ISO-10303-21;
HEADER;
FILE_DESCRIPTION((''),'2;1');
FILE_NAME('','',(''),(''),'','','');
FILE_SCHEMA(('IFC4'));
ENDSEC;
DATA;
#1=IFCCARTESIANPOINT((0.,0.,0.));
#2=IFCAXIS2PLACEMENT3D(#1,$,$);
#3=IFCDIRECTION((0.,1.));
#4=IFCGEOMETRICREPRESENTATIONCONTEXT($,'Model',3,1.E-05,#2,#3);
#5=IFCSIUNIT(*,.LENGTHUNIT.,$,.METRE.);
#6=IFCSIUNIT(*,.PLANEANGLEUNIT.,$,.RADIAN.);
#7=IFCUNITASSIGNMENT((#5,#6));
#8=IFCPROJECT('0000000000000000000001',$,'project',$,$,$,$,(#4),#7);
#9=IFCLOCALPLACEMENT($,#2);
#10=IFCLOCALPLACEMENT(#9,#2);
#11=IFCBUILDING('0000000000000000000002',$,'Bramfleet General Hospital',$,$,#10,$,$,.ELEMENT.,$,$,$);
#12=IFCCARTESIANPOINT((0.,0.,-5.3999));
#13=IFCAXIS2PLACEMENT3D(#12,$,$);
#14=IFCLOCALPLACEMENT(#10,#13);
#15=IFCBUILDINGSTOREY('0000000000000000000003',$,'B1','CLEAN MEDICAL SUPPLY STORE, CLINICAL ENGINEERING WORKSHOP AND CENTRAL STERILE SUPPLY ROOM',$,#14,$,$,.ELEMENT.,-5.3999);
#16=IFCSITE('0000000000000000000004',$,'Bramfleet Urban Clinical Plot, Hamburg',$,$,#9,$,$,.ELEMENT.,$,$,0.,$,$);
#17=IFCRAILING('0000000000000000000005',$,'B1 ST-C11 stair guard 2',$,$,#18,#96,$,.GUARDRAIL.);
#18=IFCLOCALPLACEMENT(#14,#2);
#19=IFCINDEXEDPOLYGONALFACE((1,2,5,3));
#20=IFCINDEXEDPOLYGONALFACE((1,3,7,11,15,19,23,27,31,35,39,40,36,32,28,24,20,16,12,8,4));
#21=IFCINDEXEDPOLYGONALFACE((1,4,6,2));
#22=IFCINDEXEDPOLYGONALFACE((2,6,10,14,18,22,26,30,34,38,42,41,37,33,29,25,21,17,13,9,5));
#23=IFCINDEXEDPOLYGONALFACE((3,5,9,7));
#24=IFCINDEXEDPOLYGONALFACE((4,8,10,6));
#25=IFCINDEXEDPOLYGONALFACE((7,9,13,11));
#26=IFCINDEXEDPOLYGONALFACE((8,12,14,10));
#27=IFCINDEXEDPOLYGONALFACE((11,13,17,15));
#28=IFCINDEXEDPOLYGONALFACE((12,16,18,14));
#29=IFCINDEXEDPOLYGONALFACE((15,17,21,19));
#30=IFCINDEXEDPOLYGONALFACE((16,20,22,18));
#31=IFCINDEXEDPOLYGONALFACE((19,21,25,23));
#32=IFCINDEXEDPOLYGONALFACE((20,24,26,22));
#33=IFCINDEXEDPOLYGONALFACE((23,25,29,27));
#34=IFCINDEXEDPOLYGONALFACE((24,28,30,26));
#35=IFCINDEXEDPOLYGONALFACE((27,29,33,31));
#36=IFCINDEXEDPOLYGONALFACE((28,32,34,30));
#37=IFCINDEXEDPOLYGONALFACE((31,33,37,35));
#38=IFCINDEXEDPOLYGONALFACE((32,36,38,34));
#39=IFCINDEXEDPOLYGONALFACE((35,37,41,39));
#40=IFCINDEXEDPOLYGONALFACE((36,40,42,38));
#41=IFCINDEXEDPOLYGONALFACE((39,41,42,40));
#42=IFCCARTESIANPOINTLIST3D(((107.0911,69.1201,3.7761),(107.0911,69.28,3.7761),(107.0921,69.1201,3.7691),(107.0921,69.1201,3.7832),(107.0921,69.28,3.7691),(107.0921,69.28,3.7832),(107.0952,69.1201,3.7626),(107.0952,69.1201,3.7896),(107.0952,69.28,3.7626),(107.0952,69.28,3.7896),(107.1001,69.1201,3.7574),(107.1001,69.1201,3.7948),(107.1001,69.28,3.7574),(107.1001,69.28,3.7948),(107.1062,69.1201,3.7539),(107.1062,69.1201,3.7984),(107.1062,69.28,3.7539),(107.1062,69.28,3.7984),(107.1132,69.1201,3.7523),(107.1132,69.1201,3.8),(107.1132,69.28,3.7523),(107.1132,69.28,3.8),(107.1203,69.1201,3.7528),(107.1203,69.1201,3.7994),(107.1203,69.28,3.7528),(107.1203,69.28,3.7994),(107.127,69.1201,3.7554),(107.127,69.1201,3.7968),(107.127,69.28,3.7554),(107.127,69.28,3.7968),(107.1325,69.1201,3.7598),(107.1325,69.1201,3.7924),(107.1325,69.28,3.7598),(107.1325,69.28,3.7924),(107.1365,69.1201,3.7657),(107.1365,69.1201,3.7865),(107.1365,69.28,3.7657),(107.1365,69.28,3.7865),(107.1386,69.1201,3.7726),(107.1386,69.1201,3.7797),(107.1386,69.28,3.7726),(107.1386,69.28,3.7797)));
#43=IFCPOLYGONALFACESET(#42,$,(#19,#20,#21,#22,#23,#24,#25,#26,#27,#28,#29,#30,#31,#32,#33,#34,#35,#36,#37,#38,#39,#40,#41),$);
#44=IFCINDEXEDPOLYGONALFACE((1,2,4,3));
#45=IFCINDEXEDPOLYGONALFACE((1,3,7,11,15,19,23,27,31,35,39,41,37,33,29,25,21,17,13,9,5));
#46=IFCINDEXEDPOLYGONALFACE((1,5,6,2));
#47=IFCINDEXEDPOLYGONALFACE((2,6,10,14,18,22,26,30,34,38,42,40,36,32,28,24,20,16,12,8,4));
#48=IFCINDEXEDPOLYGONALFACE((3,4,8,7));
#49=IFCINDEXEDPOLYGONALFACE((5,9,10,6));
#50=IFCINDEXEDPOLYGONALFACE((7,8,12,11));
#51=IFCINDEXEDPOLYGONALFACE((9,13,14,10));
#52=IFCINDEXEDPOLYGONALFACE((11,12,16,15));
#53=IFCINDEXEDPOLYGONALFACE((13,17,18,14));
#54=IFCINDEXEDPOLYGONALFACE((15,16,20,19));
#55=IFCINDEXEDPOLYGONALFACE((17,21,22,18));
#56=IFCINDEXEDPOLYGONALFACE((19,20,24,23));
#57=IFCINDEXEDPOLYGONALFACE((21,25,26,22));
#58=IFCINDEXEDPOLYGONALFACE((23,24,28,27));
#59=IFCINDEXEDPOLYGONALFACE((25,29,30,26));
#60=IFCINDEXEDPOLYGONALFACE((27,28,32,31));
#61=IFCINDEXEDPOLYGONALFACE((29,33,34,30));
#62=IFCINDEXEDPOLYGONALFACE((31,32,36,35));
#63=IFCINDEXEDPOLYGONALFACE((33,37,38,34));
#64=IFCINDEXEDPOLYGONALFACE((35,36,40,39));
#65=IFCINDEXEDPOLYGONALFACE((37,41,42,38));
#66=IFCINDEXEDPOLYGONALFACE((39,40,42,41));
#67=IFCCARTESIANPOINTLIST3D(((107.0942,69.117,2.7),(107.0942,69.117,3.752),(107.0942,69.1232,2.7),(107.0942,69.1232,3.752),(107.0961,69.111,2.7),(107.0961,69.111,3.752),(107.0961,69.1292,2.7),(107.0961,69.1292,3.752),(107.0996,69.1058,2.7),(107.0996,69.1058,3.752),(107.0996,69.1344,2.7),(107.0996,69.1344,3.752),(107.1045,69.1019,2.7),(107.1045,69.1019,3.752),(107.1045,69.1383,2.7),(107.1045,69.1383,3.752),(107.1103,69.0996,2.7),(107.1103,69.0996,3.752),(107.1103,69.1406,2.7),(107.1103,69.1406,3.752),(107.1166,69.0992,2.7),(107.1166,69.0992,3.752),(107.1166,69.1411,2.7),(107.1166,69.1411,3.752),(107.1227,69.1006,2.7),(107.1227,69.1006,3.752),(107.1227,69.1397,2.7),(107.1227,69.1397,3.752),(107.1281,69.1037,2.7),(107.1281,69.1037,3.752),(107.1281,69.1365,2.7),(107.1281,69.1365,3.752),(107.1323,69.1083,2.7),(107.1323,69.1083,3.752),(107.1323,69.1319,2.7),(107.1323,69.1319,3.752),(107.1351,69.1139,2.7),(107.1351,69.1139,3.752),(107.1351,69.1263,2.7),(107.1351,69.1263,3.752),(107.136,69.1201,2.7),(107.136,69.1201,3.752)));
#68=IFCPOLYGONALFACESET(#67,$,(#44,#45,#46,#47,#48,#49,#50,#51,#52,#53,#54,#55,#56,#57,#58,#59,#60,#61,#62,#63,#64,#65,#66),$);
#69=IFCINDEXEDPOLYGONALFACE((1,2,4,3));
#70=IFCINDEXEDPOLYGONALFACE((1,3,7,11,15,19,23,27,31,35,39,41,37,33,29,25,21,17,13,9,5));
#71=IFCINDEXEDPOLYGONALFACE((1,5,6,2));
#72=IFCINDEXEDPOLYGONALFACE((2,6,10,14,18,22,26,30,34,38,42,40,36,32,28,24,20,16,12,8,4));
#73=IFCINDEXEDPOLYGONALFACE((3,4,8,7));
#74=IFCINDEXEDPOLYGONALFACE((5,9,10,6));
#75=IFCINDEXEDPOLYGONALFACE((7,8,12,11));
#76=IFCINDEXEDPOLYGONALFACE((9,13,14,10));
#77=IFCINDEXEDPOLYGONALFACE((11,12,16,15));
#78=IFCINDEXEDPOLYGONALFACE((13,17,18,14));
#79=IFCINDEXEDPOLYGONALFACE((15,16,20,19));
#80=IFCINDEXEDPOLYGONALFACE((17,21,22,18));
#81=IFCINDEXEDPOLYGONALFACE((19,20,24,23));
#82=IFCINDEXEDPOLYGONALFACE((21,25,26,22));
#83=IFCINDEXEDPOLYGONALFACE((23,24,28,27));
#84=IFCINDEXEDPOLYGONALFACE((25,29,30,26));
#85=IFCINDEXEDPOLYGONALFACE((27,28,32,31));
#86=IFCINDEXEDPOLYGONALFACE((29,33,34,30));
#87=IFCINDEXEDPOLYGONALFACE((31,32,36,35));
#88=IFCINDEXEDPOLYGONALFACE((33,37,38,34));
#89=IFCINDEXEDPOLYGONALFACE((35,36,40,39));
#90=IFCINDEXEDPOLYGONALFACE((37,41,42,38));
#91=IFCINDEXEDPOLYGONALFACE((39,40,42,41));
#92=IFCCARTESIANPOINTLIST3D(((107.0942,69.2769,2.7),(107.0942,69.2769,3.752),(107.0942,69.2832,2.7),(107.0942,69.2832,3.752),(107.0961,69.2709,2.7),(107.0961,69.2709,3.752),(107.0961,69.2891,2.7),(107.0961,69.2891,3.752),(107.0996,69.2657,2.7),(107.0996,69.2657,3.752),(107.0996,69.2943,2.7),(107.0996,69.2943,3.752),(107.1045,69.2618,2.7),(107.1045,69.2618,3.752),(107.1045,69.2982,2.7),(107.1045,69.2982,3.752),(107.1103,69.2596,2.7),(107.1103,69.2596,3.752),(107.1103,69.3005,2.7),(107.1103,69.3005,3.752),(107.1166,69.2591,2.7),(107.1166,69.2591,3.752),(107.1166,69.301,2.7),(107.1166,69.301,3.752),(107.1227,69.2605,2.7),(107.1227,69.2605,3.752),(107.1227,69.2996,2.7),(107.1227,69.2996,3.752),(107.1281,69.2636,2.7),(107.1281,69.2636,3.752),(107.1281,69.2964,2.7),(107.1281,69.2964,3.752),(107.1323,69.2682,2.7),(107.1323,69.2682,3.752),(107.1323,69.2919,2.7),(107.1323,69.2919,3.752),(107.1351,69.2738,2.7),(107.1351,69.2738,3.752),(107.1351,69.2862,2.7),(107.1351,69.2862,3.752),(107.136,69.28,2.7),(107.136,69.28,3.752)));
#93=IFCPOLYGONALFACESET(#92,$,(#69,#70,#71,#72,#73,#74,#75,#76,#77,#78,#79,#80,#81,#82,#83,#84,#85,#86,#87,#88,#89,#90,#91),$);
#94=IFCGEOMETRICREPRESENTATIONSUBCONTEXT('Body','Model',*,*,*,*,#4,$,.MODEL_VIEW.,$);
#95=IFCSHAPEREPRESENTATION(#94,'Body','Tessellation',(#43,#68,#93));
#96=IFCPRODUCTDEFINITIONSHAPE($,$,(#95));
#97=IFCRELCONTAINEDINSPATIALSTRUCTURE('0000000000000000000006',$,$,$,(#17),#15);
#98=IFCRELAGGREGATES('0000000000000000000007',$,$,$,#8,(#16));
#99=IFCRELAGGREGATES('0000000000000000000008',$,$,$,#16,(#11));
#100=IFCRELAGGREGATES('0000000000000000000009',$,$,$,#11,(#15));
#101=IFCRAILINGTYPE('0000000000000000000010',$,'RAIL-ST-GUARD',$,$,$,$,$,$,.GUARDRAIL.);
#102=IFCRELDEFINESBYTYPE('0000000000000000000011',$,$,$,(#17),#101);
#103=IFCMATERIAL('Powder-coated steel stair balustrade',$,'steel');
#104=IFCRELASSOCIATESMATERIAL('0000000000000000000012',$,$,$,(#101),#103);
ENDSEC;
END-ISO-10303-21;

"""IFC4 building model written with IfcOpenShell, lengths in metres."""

from ifc_helpers import new_model, si_unit, direction, frame, origin, origin_2d, place, context, subcontext, project, spatial, circle, extrude, material, type_object, element, save


model = new_model("IFC4")

# Units and contexts
model_context = context("Model", 3, precision=1e-05, world=origin(), true_north=direction((0.0, 1.0)))
body_context = subcontext(model_context, "Body", "Model", "MODEL_VIEW")
ifc_project = project(units=[si_unit("LENGTHUNIT", "METRE"), si_unit("PLANEANGLEUNIT", "RADIAN")], contexts=[model_context])

# Site, building, storey
site_placement = place(None, origin())
site = spatial("IfcSite", under=ifc_project, at=site_placement, Name="Bramfleet Urban Clinical Plot, Hamburg", CompositionType="ELEMENT", RefElevation=0.0)
building_placement = place(site_placement, origin())
building = spatial("IfcBuilding", under=site, at=building_placement, Name="Bramfleet General Hospital", CompositionType="ELEMENT")
storey_placement = place(building_placement, frame((0.0, 0.0, -5.3999)))
storey = spatial("IfcBuildingStorey", under=building, at=storey_placement, Name="B1", Description="CLEAN MEDICAL SUPPLY STORE, CLINICAL ENGINEERING WORKSHOP AND CENTRAL STERILE SUPPLY ROOM", CompositionType="ELEMENT", Elevation=-5.3999)

# Railing
ifc_material_1 = material(Name="Powder-coated steel stair balustrade", Category="steel")
railing_type_1 = type_object("IfcRailingType", Name="RAIL-ST-GUARD", PredefinedType="GUARDRAIL", material=ifc_material_1)
railing_1_placement = place(storey_placement, frame((107.115, 69.1201, 2.7)))
element("IfcRailing", 1, at=railing_1_placement, inside=storey, type_object=railing_type_1, Name="B1 ST-C11 stair guard 2", PredefinedType="GUARDRAIL", context=body_context, shape_type="SweptSolid", body=[
    extrude(circle(Radius=0.0239, at=origin_2d()), frame((0.0, 0.0, 1.0762), z_axis=(0.0, 1.0, 0.0), x_axis=(-1.0, 0.0, 0.0)), (0.0, 0.0, 1.0), 0.1599),
    extrude(circle(Radius=0.021, at=origin_2d()), origin(), (0.0, 0.0, 1.0), 1.052),
    extrude(circle(Radius=0.021, at=origin_2d()), frame((0.0, 0.1599, 0.0)), (0.0, 0.0, 1.0), 1.052),
])

save(model, "model.ifc")
